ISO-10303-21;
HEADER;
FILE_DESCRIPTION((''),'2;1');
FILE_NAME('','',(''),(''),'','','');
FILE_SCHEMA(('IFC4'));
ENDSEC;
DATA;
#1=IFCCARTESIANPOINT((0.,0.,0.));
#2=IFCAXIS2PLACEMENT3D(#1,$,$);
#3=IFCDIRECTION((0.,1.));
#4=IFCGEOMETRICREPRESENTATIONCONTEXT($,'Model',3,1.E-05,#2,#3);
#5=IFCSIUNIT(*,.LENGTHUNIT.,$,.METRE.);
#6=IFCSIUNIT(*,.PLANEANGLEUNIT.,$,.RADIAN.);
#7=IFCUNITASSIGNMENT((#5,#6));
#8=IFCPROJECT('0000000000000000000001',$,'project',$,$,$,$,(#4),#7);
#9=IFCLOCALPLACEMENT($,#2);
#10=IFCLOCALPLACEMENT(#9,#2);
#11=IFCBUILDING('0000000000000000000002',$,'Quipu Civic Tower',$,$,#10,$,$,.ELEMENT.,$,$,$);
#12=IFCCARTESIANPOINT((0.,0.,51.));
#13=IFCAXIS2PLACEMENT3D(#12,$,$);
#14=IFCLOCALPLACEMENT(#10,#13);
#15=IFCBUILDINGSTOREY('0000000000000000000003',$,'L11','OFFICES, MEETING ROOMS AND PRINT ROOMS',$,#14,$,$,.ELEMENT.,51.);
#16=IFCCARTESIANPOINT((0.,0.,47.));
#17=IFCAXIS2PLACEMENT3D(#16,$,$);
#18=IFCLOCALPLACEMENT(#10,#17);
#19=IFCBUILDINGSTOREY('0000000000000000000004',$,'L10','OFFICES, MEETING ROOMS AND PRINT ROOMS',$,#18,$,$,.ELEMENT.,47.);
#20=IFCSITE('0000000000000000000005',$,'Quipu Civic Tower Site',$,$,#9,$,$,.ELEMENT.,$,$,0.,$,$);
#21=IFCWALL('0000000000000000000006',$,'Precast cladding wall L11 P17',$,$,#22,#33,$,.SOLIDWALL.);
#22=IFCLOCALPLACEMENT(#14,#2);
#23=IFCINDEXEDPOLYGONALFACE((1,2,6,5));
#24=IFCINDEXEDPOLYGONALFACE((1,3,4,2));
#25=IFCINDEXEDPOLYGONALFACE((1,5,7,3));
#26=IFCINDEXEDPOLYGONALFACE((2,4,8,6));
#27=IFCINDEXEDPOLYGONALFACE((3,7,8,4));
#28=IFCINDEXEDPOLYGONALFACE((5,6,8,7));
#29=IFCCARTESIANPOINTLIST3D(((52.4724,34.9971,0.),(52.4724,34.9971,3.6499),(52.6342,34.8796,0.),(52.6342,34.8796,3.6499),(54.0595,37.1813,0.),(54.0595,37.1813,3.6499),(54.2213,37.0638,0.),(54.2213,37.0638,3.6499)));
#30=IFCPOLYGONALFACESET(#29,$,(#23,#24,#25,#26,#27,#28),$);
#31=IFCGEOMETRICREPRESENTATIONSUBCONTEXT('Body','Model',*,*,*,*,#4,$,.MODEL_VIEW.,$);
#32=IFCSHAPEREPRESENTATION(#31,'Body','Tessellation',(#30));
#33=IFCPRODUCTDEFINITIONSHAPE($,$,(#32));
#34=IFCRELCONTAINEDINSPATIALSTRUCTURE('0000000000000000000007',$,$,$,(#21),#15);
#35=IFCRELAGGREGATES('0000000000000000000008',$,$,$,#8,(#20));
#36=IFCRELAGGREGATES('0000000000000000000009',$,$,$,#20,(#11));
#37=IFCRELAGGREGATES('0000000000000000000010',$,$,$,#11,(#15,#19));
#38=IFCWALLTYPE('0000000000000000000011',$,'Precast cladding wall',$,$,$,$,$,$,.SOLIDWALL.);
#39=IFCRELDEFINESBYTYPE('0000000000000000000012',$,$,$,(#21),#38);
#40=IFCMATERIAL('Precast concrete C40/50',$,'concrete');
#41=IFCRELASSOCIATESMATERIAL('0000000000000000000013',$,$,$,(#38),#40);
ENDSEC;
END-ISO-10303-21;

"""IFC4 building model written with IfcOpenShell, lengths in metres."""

from ifc_helpers import new_model, si_unit, direction, frame, frame_2d, origin, place, context, subcontext, project, spatial, rectangle, extrude, material, type_object, element, save


model = new_model("IFC4")

# Units and contexts
model_context = context("Model", 3, precision=1e-05, world=origin(), true_north=direction((0.0, 1.0)))
body_context = subcontext(model_context, "Body", "Model", "MODEL_VIEW")
ifc_project = project(units=[si_unit("LENGTHUNIT", "METRE"), si_unit("PLANEANGLEUNIT", "RADIAN")], contexts=[model_context])

# Site, building, storey
site_placement = place(None, origin())
site = spatial("IfcSite", under=ifc_project, at=site_placement, Name="Quipu Civic Tower Site", CompositionType="ELEMENT", RefElevation=0.0)
building_placement = place(site_placement, origin())
building = spatial("IfcBuilding", under=site, at=building_placement, Name="Quipu Civic Tower", CompositionType="ELEMENT")
storey_1_placement = place(building_placement, frame((0.0, 0.0, 51.0)))
storey_1 = spatial("IfcBuildingStorey", under=building, at=storey_1_placement, Name="L11", Description="OFFICES, MEETING ROOMS AND PRINT ROOMS", CompositionType="ELEMENT", Elevation=51.0)

# Shared definitions
storey_2_placement = place(building_placement, frame((0.0, 0.0, 47.0)))
storey_2 = spatial("IfcBuildingStorey", under=building, at=storey_2_placement, Name="L10", Description="OFFICES, MEETING ROOMS AND PRINT ROOMS", CompositionType="ELEMENT", Elevation=47.0)

# Wall
ifc_material_1 = material(Name="Precast concrete C40/50", Category="concrete")
wall_type = type_object("IfcWallType", Name="Precast cladding wall", PredefinedType="SOLIDWALL", material=ifc_material_1)
for number, where, z_axis, x_axis, name in (
    (1, (52.5532, 34.9382, 0.0), (0.0, 0.0, 1.0), (0.587822, 0.80899, 0.0), "Precast cladding wall L11 P17"),
):
    element("IfcWall", number, at=place(storey_1_placement, frame(where, z_axis=z_axis, x_axis=x_axis)), inside=storey_1, type_object=wall_type, Name=name, PredefinedType="SOLIDWALL", context=body_context, shape_type="SweptSolid", body=[
        extrude(rectangle(XDim=2.7, YDim=0.2, at=frame_2d((1.3501, 0.0))), origin(), (0.0, 0.0, 1.0), 3.6499),
    ])

save(model, "model.ifc")
